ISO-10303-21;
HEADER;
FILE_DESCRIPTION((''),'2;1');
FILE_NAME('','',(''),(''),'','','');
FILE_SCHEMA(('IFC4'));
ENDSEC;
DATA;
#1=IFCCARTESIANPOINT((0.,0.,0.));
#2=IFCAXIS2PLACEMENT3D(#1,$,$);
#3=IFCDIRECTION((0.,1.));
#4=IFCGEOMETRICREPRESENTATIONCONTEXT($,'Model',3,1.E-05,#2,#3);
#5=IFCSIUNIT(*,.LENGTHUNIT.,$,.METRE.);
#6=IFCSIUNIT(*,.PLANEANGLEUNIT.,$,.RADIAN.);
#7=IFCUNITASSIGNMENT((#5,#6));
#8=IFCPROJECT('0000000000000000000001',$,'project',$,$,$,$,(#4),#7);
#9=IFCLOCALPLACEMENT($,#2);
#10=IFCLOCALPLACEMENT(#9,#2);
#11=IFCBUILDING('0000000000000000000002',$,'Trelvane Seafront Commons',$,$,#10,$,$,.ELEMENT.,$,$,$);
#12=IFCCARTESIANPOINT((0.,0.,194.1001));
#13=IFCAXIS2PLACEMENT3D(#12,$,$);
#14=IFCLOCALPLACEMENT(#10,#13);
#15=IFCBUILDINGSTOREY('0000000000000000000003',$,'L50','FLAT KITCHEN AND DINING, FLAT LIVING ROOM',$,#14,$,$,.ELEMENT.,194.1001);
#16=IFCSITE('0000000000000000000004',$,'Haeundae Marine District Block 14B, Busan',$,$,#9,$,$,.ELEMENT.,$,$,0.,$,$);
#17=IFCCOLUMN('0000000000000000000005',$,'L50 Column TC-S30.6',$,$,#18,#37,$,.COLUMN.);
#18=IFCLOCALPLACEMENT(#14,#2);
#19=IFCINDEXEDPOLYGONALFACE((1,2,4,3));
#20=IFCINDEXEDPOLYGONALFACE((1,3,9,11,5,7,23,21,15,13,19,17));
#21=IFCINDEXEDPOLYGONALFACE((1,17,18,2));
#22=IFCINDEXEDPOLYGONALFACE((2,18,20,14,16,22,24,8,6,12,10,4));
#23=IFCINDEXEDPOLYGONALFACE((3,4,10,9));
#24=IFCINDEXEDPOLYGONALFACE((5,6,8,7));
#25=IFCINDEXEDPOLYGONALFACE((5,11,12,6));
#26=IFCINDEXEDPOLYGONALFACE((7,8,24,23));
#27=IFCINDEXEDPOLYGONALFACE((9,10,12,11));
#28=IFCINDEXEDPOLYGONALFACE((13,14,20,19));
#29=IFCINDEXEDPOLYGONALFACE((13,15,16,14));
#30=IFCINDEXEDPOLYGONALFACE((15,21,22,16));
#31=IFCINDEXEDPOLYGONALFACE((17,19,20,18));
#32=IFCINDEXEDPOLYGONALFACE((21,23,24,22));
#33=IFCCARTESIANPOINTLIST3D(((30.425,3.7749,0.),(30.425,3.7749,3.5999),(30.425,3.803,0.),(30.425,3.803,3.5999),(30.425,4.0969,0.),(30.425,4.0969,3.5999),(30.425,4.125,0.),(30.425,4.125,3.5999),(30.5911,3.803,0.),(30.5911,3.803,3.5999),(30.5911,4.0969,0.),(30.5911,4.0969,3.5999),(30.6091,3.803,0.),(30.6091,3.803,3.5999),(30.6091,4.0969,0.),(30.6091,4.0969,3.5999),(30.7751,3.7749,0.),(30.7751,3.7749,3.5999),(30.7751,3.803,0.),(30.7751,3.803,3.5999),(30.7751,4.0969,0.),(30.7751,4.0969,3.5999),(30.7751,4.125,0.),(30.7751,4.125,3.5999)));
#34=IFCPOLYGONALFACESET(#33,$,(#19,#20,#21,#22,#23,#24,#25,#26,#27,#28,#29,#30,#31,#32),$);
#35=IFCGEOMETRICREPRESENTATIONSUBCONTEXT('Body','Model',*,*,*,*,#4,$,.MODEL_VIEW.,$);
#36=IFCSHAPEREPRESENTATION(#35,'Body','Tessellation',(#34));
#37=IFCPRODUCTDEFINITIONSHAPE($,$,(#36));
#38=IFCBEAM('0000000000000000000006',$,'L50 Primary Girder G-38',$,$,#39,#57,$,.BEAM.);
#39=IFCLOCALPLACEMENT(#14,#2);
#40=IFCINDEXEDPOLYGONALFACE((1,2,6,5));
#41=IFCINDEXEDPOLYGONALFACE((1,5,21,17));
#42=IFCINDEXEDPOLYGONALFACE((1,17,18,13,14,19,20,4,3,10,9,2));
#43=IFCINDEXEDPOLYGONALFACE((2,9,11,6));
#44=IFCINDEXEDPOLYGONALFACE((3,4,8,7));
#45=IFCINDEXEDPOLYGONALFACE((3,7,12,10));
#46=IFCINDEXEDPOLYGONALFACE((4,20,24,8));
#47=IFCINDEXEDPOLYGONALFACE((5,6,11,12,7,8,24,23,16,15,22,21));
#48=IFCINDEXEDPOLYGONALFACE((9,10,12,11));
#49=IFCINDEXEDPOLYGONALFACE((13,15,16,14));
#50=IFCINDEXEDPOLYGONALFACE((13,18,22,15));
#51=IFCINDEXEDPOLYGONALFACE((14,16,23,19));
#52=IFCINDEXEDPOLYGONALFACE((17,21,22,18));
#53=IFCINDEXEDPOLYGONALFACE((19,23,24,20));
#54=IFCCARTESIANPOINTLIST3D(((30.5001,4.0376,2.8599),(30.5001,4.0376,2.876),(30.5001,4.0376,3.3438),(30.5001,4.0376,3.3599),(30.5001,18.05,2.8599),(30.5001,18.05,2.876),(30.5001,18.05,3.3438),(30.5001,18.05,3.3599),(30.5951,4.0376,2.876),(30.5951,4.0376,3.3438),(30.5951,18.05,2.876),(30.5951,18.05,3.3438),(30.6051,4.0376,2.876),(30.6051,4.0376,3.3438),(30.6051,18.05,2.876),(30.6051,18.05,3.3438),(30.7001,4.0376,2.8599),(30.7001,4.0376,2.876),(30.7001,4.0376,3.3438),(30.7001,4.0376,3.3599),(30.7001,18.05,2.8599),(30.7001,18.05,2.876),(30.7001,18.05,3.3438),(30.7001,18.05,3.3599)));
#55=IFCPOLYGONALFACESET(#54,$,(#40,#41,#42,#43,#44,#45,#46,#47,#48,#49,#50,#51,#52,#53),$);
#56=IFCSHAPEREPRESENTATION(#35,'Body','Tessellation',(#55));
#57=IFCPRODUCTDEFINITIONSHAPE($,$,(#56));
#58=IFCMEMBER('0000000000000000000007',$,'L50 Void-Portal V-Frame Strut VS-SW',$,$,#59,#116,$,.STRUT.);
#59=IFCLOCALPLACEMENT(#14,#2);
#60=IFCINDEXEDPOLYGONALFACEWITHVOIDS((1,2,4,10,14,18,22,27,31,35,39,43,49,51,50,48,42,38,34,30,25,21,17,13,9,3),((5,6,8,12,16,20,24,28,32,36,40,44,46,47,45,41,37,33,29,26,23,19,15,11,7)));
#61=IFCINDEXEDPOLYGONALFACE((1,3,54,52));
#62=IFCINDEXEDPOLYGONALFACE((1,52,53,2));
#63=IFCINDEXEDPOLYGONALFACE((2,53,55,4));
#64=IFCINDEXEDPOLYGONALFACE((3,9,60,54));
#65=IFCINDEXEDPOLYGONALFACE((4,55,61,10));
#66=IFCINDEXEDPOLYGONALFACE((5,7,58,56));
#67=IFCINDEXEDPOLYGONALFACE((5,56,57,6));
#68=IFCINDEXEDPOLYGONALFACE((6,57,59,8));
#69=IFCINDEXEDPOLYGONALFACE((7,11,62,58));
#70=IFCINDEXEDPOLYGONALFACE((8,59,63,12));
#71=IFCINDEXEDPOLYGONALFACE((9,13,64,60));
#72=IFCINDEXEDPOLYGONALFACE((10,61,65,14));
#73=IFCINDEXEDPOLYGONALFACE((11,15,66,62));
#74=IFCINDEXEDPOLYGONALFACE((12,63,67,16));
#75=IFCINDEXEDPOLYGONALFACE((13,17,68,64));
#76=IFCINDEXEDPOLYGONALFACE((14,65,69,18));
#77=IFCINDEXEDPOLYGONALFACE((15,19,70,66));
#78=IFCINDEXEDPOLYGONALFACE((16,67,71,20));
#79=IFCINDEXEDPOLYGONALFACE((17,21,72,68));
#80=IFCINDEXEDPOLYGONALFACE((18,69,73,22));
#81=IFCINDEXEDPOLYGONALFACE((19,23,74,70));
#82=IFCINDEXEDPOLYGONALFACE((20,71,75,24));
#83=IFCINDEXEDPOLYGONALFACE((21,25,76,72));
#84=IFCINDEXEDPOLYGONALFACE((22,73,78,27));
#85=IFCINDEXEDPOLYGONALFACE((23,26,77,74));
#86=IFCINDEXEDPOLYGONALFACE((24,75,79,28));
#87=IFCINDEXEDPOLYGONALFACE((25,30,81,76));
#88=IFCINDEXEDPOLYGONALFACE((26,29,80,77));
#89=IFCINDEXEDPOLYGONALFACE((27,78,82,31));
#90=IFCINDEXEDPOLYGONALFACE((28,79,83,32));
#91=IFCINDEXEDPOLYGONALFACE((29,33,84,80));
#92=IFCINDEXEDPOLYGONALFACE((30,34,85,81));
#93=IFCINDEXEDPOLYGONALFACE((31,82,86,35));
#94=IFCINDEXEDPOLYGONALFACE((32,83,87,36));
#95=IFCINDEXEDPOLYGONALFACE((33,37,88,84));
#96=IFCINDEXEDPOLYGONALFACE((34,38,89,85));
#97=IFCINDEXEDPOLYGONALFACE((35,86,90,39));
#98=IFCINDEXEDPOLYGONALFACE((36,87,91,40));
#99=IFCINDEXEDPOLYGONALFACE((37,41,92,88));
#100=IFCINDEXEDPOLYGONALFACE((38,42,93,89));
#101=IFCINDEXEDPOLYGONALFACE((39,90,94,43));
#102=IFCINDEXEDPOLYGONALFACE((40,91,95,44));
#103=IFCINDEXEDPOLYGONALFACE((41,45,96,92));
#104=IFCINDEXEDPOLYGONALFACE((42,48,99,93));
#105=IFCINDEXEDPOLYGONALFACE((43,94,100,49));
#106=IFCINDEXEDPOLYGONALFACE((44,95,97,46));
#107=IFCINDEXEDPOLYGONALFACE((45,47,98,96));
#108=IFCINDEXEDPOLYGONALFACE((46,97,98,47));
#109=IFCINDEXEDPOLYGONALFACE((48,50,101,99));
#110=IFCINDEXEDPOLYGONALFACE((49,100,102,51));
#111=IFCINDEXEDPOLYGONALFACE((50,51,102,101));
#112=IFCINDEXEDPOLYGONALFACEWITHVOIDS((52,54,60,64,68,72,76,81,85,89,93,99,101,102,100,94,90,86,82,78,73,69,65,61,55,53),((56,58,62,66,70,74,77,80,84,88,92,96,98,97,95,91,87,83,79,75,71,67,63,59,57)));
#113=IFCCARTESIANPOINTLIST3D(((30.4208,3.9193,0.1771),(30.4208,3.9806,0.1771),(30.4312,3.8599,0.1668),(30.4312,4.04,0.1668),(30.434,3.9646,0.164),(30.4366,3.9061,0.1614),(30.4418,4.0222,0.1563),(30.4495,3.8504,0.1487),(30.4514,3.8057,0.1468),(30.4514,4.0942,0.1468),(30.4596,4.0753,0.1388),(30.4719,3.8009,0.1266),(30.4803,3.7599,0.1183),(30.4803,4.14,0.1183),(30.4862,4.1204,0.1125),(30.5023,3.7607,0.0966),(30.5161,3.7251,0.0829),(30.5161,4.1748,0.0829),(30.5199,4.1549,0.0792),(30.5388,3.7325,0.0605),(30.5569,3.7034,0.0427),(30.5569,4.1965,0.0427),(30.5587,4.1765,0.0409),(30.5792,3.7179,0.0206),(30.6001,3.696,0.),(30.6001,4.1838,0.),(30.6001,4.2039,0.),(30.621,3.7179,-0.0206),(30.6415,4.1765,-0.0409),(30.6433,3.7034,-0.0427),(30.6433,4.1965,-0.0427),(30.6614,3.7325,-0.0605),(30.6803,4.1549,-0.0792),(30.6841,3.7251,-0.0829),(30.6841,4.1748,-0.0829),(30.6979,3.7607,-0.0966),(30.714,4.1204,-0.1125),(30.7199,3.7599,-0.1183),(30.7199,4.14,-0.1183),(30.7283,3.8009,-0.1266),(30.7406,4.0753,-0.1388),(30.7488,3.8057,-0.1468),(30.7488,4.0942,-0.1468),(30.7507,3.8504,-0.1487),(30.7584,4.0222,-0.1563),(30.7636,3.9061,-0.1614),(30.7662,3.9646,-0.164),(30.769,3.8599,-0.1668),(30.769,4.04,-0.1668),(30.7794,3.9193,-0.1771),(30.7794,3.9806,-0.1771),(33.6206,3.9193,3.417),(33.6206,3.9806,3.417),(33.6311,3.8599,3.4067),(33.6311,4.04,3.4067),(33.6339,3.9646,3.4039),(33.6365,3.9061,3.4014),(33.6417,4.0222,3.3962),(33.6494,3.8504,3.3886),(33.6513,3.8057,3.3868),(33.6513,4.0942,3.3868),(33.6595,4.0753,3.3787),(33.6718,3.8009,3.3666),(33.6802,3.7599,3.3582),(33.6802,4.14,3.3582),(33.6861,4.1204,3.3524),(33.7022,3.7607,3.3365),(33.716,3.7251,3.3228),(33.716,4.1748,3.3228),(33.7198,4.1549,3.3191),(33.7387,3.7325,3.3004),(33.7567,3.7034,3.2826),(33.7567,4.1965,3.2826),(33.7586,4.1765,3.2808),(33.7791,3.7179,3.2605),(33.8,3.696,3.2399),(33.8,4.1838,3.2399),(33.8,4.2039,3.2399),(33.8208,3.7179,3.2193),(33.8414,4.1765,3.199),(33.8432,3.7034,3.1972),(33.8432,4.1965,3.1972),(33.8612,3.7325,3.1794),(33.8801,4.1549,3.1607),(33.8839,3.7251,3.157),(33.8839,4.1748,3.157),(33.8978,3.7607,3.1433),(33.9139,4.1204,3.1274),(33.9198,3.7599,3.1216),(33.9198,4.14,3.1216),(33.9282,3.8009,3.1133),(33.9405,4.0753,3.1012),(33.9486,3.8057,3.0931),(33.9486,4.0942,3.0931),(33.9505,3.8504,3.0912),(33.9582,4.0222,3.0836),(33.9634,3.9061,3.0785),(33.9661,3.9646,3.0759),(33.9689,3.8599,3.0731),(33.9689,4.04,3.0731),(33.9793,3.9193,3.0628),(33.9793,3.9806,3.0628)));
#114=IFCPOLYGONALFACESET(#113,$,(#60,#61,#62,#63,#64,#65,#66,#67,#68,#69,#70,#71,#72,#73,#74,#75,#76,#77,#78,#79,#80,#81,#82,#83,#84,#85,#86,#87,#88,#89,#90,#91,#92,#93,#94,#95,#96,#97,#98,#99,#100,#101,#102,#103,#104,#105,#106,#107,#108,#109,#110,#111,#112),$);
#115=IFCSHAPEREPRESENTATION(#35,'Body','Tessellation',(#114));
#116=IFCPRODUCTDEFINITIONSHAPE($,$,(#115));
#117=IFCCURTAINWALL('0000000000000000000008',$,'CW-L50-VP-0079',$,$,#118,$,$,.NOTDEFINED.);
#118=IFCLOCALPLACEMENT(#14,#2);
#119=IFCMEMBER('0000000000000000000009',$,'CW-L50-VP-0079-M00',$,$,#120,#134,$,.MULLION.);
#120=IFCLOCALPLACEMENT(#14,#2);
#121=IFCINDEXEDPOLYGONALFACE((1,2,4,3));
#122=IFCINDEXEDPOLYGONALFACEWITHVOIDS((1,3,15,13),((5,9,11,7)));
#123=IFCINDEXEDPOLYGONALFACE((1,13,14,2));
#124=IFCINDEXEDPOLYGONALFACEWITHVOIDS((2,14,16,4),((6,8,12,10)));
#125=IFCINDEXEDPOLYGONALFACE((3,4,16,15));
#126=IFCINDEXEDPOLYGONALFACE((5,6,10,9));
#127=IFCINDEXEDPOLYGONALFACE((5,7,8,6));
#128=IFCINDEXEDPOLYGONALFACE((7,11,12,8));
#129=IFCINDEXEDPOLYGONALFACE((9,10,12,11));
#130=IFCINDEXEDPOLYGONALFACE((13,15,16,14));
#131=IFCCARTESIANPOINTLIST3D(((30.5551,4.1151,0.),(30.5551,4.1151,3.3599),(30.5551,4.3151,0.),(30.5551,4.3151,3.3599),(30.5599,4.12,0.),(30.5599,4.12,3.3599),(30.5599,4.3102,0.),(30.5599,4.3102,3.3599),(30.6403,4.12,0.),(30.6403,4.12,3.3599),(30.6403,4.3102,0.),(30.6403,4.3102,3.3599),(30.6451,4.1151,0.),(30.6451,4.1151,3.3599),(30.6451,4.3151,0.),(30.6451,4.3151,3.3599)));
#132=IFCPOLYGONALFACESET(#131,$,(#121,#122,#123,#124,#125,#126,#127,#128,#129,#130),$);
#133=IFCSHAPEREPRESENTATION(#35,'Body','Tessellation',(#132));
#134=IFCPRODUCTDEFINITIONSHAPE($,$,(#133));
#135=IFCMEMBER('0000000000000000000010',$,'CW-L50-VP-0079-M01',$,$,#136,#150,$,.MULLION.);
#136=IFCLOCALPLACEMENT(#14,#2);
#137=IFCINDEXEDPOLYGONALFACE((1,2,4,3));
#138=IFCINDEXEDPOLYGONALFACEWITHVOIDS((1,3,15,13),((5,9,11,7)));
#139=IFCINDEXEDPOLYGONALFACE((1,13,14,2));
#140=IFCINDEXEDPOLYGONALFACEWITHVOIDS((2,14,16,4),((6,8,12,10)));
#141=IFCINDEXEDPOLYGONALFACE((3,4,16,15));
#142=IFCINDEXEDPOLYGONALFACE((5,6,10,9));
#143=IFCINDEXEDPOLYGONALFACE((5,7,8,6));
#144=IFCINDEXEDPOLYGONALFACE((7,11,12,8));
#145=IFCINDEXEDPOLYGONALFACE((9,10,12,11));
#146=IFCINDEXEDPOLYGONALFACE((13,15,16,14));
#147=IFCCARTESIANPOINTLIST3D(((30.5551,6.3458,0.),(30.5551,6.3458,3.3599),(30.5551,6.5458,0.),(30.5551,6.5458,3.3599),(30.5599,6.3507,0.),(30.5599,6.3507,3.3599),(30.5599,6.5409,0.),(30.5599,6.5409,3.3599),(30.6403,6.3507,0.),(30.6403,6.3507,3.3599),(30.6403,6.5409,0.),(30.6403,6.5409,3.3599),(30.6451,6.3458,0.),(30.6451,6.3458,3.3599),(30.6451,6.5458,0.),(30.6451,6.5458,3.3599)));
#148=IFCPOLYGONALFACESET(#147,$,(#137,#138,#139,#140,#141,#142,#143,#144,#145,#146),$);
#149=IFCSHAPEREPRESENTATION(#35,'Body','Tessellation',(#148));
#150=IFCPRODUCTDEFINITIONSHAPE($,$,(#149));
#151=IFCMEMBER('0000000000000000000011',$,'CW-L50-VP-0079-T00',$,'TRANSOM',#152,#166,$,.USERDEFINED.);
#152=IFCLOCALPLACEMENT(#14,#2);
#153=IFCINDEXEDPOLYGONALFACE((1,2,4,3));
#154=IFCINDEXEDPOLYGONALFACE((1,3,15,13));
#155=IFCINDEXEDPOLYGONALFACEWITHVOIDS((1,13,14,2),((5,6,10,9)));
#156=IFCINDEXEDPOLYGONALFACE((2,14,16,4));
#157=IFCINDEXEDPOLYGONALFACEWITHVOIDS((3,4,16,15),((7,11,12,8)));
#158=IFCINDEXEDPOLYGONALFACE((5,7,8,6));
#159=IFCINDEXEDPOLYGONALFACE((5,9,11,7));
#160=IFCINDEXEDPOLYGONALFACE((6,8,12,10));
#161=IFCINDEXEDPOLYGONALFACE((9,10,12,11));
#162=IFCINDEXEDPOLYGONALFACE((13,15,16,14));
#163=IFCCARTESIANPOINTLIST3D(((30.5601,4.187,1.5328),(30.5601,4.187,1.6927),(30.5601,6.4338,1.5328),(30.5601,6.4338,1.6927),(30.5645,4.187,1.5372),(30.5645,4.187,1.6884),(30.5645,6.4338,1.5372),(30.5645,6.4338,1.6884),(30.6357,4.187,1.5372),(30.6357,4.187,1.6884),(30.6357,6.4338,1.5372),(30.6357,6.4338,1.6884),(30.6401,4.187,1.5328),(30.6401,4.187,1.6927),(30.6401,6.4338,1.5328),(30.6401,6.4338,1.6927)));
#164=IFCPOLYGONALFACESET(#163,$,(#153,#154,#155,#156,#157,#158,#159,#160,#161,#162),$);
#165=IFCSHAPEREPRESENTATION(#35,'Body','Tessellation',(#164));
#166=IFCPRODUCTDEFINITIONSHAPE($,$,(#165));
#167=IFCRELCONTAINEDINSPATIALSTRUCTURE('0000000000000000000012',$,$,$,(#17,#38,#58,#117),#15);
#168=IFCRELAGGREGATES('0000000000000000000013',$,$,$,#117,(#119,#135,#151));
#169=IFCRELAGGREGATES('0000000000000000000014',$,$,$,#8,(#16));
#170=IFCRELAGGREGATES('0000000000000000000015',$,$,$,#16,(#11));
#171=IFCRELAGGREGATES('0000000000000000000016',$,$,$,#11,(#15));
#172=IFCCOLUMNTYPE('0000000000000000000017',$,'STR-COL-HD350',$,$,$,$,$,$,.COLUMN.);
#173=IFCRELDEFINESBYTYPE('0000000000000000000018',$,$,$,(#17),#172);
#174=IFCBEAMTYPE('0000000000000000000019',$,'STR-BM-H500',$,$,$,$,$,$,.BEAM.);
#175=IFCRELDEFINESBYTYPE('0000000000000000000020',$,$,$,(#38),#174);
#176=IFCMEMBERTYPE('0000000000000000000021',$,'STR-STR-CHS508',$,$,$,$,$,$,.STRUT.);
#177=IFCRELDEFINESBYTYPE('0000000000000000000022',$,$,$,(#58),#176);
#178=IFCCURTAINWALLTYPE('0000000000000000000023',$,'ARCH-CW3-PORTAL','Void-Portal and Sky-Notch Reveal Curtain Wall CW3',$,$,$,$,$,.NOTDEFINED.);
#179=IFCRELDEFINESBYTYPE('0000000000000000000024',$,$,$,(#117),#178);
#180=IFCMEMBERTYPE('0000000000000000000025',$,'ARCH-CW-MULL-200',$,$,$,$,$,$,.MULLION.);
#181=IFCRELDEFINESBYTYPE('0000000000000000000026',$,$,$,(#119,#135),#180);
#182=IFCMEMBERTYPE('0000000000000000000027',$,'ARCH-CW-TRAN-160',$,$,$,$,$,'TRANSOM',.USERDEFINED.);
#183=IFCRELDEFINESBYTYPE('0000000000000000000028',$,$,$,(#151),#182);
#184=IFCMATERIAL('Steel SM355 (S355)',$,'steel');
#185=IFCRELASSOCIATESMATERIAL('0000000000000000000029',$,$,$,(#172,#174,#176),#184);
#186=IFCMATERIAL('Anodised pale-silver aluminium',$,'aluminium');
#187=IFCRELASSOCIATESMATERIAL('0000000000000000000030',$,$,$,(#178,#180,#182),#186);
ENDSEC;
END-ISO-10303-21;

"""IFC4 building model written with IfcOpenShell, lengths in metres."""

from ifc_helpers import new_model, si_unit, direction, frame, origin, origin_2d, place, context, subcontext, project, spatial, hollow_rectangle, hollow_circle, i_section, extrude, source, transform, mapped, material, material_profile, profile_set, type_object, element, aggregate, save


model = new_model("IFC4")

# Units and contexts
model_context = context("Model", 3, precision=1e-05, world=origin(), true_north=direction((0.0, 1.0)))
body_context = subcontext(model_context, "Body", "Model", "MODEL_VIEW")
ifc_project = project(units=[si_unit("LENGTHUNIT", "METRE"), si_unit("PLANEANGLEUNIT", "RADIAN")], contexts=[model_context])

# Site, building, storey
site_placement = place(None, origin())
site = spatial("IfcSite", under=ifc_project, at=site_placement, Name="Haeundae Marine District Block 14B, Busan", CompositionType="ELEMENT", RefElevation=0.0)
building_placement = place(site_placement, origin())
building = spatial("IfcBuilding", under=site, at=building_placement, Name="Trelvane Seafront Commons", CompositionType="ELEMENT")
storey_placement = place(building_placement, frame((0.0, 0.0, 194.1001)))
storey = spatial("IfcBuildingStorey", under=building, at=storey_placement, Name="L50", Description="FLAT KITCHEN AND DINING, FLAT LIVING ROOM", CompositionType="ELEMENT", Elevation=194.1001)

# Column
ifc_material_1 = material(Name="Steel SM355 (S355)", Category="steel")
ifc_material_profile_1 = material_profile(ifc_material_1, i_section(OverallWidth=0.3501, OverallDepth=0.3501, WebThickness=0.0181, FlangeThickness=0.0281, at=origin_2d()), Name="HD-350x350x18x28")
ifc_profile_set_1 = profile_set([ifc_material_profile_1], Name="Steel SM355 (S355)")
column_type = type_object("IfcColumnType", Name="STR-COL-HD350", PredefinedType="COLUMN", material=ifc_profile_set_1)
shared_shape_1 = source(origin(), body_context, "Body", "SweptSolid", [
    extrude(i_section(OverallWidth=0.3501, OverallDepth=0.3501, WebThickness=0.0181, FlangeThickness=0.0281, at=origin_2d()), origin(), (0.0, 0.0, 1.0), 3.5999),
])
column_placement = place(storey_placement, frame((30.6001, 3.95, 0.0), z_axis=(0.0, 0.0, 1.0), x_axis=(1.0, 0.0, 0.0)))
element("IfcColumn", 1, at=column_placement, inside=storey, type_object=column_type, Name="L50 Column TC-S30.6", PredefinedType="COLUMN", context=body_context, shape_type="MappedRepresentation", body=[
    mapped(shared_shape_1, transform((0.0, 0.0, 0.0), x_axis=(1.0, 0.0, 0.0), y_axis=(0.0, 1.0, 0.0), z_axis=(0.0, 0.0, 1.0), scale=1.0)),
])

# Beam
ifc_material_profile_2 = material_profile(ifc_material_1, i_section(OverallWidth=0.2, OverallDepth=0.5, WebThickness=0.01, FlangeThickness=0.0161, at=origin_2d()), Name="H-500x200x10x16")
ifc_profile_set_2 = profile_set([ifc_material_profile_2], Name="Steel SM355 (S355)")
beam_type = type_object("IfcBeamType", Name="STR-BM-H500", PredefinedType="BEAM", material=ifc_profile_set_2)
shared_shape_2 = source(origin(), body_context, "Body", "SweptSolid", [
    extrude(i_section(OverallWidth=0.2, OverallDepth=0.5, WebThickness=0.01, FlangeThickness=0.0161, at=origin_2d()), origin(), (0.0, 0.0, 1.0), 14.0125),
])
beam_placement = place(storey_placement, frame((30.6001, 4.0376, 3.1099), z_axis=(0.0, 1.0, 0.0), x_axis=(-1.0, 0.0, 0.0)))
element("IfcBeam", 2, at=beam_placement, inside=storey, type_object=beam_type, Name="L50 Primary Girder G-38", PredefinedType="BEAM", context=body_context, shape_type="MappedRepresentation", body=[
    mapped(shared_shape_2, transform((0.0, 0.0, 0.0), x_axis=(1.0, 0.0, 0.0), y_axis=(0.0, 1.0, 0.0), z_axis=(0.0, 0.0, 1.0), scale=1.0)),
])

# Member
ifc_material_profile_3 = material_profile(ifc_material_1, hollow_circle(Radius=0.2539, WallThickness=0.02, at=origin_2d()), Name="CHS-508x20")
ifc_profile_set_3 = profile_set([ifc_material_profile_3], Name="Steel SM355 (S355)")
member_type_1 = type_object("IfcMemberType", Name="STR-STR-CHS508", PredefinedType="STRUT", material=ifc_profile_set_3)
shared_shape_3 = source(origin(), body_context, "Body", "SweptSolid", [
    extrude(hollow_circle(Radius=0.2539, WallThickness=0.02, at=origin_2d()), origin(), (0.0, 0.0, 1.0), 4.5537),
])
member_1_placement = place(storey_placement, frame((30.6001, 3.95, 0.0), z_axis=(0.702697, 0.0, 0.711489), x_axis=(0.0, 1.0, 0.0)))
element("IfcMember", 3, at=member_1_placement, inside=storey, type_object=member_type_1, Name="L50 Void-Portal V-Frame Strut VS-SW", PredefinedType="STRUT", context=body_context, shape_type="MappedRepresentation", body=[
    mapped(shared_shape_3, transform((0.0, 0.0, 0.0), x_axis=(1.0, 0.0, 0.0), y_axis=(0.0, 1.0, 0.0), z_axis=(0.0, 0.0, 1.0), scale=1.0)),
])

# Curtain wall, members
ifc_material_2 = material(Name="Anodised pale-silver aluminium", Category="aluminium")
curtain_wall_type = type_object("IfcCurtainWallType", Name="ARCH-CW3-PORTAL", Description="Void-Portal and Sky-Notch Reveal Curtain Wall CW3", PredefinedType="NOTDEFINED", material=ifc_material_2)
curtain_wall_placement = place(storey_placement, origin())
curtain_wall = element("IfcCurtainWall", 4, at=curtain_wall_placement, inside=storey, type_object=curtain_wall_type, Name="CW-L50-VP-0079", PredefinedType="NOTDEFINED")
ifc_material_profile_4 = material_profile(ifc_material_2, hollow_rectangle(XDim=0.0901, YDim=0.2, WallThickness=0.0049, at=origin_2d()), Name="MULL-90x200x5")
ifc_profile_set_4 = profile_set([ifc_material_profile_4], Name="Anodised pale-silver aluminium")
member_type_2 = type_object("IfcMemberType", Name="ARCH-CW-MULL-200", PredefinedType="MULLION", material=ifc_profile_set_4)
shared_shape_4 = source(origin(), body_context, "Body", "SweptSolid", [
    extrude(hollow_rectangle(XDim=0.0901, YDim=0.2, WallThickness=0.0049, at=origin_2d()), origin(), (0.0, 0.0, 1.0), 3.3599),
])
member_2_placement = place(storey_placement, frame((30.6001, 4.2151, 0.0), z_axis=(0.0, 0.0, 1.0), x_axis=(1.0, 0.0, 0.0)))
member_2 = element("IfcMember", 5, at=member_2_placement, type_object=member_type_2, Name="CW-L50-VP-0079-M00", PredefinedType="MULLION", context=body_context, shape_type="MappedRepresentation", body=[
    mapped(shared_shape_4, transform((0.0, 0.0, 0.0), x_axis=(1.0, 0.0, 0.0), y_axis=(0.0, 1.0, 0.0), z_axis=(0.0, 0.0, 1.0), scale=1.0)),
])
member_3_placement = place(storey_placement, frame((30.6001, 6.4458, 0.0), z_axis=(0.0, 0.0, 1.0), x_axis=(1.0, 0.0, 0.0)))
member_3 = element("IfcMember", 6, at=member_3_placement, type_object=member_type_2, Name="CW-L50-VP-0079-M01", PredefinedType="MULLION", context=body_context, shape_type="MappedRepresentation", body=[
    mapped(shared_shape_4, transform((0.0, 0.0, 0.0), x_axis=(1.0, 0.0, 0.0), y_axis=(0.0, 1.0, 0.0), z_axis=(0.0, 0.0, 1.0), scale=1.0)),
])
ifc_material_profile_5 = material_profile(ifc_material_2, hollow_rectangle(XDim=0.0801, YDim=0.1599, WallThickness=0.0044, at=origin_2d()), Name="TRAN-80x160x4.5")
ifc_profile_set_5 = profile_set([ifc_material_profile_5], Name="Anodised pale-silver aluminium")
member_type_3 = type_object("IfcMemberType", Name="ARCH-CW-TRAN-160", ElementType="TRANSOM", PredefinedType="USERDEFINED", material=ifc_profile_set_5)
shared_shape_5 = source(origin(), body_context, "Body", "SweptSolid", [
    extrude(hollow_rectangle(XDim=0.0801, YDim=0.1599, WallThickness=0.0044, at=origin_2d()), origin(), (0.0, 0.0, 1.0), 2.2468),
])
member_4_placement = place(storey_placement, frame((30.6001, 4.187, 1.6128), z_axis=(0.0, 1.0, 0.0), x_axis=(-1.0, 0.0, 0.0)))
member_4 = element("IfcMember", 7, at=member_4_placement, type_object=member_type_3, Name="CW-L50-VP-0079-T00", ObjectType="TRANSOM", PredefinedType="USERDEFINED", context=body_context, shape_type="MappedRepresentation", body=[
    mapped(shared_shape_5, transform((0.0, 0.0, 0.0), x_axis=(1.0, 0.0, 0.0), y_axis=(0.0, 1.0, 0.0), z_axis=(0.0, 0.0, 1.0), scale=1.0)),
])

aggregate(curtain_wall, [member_2, member_3, member_4])

save(model, "model.ifc")
